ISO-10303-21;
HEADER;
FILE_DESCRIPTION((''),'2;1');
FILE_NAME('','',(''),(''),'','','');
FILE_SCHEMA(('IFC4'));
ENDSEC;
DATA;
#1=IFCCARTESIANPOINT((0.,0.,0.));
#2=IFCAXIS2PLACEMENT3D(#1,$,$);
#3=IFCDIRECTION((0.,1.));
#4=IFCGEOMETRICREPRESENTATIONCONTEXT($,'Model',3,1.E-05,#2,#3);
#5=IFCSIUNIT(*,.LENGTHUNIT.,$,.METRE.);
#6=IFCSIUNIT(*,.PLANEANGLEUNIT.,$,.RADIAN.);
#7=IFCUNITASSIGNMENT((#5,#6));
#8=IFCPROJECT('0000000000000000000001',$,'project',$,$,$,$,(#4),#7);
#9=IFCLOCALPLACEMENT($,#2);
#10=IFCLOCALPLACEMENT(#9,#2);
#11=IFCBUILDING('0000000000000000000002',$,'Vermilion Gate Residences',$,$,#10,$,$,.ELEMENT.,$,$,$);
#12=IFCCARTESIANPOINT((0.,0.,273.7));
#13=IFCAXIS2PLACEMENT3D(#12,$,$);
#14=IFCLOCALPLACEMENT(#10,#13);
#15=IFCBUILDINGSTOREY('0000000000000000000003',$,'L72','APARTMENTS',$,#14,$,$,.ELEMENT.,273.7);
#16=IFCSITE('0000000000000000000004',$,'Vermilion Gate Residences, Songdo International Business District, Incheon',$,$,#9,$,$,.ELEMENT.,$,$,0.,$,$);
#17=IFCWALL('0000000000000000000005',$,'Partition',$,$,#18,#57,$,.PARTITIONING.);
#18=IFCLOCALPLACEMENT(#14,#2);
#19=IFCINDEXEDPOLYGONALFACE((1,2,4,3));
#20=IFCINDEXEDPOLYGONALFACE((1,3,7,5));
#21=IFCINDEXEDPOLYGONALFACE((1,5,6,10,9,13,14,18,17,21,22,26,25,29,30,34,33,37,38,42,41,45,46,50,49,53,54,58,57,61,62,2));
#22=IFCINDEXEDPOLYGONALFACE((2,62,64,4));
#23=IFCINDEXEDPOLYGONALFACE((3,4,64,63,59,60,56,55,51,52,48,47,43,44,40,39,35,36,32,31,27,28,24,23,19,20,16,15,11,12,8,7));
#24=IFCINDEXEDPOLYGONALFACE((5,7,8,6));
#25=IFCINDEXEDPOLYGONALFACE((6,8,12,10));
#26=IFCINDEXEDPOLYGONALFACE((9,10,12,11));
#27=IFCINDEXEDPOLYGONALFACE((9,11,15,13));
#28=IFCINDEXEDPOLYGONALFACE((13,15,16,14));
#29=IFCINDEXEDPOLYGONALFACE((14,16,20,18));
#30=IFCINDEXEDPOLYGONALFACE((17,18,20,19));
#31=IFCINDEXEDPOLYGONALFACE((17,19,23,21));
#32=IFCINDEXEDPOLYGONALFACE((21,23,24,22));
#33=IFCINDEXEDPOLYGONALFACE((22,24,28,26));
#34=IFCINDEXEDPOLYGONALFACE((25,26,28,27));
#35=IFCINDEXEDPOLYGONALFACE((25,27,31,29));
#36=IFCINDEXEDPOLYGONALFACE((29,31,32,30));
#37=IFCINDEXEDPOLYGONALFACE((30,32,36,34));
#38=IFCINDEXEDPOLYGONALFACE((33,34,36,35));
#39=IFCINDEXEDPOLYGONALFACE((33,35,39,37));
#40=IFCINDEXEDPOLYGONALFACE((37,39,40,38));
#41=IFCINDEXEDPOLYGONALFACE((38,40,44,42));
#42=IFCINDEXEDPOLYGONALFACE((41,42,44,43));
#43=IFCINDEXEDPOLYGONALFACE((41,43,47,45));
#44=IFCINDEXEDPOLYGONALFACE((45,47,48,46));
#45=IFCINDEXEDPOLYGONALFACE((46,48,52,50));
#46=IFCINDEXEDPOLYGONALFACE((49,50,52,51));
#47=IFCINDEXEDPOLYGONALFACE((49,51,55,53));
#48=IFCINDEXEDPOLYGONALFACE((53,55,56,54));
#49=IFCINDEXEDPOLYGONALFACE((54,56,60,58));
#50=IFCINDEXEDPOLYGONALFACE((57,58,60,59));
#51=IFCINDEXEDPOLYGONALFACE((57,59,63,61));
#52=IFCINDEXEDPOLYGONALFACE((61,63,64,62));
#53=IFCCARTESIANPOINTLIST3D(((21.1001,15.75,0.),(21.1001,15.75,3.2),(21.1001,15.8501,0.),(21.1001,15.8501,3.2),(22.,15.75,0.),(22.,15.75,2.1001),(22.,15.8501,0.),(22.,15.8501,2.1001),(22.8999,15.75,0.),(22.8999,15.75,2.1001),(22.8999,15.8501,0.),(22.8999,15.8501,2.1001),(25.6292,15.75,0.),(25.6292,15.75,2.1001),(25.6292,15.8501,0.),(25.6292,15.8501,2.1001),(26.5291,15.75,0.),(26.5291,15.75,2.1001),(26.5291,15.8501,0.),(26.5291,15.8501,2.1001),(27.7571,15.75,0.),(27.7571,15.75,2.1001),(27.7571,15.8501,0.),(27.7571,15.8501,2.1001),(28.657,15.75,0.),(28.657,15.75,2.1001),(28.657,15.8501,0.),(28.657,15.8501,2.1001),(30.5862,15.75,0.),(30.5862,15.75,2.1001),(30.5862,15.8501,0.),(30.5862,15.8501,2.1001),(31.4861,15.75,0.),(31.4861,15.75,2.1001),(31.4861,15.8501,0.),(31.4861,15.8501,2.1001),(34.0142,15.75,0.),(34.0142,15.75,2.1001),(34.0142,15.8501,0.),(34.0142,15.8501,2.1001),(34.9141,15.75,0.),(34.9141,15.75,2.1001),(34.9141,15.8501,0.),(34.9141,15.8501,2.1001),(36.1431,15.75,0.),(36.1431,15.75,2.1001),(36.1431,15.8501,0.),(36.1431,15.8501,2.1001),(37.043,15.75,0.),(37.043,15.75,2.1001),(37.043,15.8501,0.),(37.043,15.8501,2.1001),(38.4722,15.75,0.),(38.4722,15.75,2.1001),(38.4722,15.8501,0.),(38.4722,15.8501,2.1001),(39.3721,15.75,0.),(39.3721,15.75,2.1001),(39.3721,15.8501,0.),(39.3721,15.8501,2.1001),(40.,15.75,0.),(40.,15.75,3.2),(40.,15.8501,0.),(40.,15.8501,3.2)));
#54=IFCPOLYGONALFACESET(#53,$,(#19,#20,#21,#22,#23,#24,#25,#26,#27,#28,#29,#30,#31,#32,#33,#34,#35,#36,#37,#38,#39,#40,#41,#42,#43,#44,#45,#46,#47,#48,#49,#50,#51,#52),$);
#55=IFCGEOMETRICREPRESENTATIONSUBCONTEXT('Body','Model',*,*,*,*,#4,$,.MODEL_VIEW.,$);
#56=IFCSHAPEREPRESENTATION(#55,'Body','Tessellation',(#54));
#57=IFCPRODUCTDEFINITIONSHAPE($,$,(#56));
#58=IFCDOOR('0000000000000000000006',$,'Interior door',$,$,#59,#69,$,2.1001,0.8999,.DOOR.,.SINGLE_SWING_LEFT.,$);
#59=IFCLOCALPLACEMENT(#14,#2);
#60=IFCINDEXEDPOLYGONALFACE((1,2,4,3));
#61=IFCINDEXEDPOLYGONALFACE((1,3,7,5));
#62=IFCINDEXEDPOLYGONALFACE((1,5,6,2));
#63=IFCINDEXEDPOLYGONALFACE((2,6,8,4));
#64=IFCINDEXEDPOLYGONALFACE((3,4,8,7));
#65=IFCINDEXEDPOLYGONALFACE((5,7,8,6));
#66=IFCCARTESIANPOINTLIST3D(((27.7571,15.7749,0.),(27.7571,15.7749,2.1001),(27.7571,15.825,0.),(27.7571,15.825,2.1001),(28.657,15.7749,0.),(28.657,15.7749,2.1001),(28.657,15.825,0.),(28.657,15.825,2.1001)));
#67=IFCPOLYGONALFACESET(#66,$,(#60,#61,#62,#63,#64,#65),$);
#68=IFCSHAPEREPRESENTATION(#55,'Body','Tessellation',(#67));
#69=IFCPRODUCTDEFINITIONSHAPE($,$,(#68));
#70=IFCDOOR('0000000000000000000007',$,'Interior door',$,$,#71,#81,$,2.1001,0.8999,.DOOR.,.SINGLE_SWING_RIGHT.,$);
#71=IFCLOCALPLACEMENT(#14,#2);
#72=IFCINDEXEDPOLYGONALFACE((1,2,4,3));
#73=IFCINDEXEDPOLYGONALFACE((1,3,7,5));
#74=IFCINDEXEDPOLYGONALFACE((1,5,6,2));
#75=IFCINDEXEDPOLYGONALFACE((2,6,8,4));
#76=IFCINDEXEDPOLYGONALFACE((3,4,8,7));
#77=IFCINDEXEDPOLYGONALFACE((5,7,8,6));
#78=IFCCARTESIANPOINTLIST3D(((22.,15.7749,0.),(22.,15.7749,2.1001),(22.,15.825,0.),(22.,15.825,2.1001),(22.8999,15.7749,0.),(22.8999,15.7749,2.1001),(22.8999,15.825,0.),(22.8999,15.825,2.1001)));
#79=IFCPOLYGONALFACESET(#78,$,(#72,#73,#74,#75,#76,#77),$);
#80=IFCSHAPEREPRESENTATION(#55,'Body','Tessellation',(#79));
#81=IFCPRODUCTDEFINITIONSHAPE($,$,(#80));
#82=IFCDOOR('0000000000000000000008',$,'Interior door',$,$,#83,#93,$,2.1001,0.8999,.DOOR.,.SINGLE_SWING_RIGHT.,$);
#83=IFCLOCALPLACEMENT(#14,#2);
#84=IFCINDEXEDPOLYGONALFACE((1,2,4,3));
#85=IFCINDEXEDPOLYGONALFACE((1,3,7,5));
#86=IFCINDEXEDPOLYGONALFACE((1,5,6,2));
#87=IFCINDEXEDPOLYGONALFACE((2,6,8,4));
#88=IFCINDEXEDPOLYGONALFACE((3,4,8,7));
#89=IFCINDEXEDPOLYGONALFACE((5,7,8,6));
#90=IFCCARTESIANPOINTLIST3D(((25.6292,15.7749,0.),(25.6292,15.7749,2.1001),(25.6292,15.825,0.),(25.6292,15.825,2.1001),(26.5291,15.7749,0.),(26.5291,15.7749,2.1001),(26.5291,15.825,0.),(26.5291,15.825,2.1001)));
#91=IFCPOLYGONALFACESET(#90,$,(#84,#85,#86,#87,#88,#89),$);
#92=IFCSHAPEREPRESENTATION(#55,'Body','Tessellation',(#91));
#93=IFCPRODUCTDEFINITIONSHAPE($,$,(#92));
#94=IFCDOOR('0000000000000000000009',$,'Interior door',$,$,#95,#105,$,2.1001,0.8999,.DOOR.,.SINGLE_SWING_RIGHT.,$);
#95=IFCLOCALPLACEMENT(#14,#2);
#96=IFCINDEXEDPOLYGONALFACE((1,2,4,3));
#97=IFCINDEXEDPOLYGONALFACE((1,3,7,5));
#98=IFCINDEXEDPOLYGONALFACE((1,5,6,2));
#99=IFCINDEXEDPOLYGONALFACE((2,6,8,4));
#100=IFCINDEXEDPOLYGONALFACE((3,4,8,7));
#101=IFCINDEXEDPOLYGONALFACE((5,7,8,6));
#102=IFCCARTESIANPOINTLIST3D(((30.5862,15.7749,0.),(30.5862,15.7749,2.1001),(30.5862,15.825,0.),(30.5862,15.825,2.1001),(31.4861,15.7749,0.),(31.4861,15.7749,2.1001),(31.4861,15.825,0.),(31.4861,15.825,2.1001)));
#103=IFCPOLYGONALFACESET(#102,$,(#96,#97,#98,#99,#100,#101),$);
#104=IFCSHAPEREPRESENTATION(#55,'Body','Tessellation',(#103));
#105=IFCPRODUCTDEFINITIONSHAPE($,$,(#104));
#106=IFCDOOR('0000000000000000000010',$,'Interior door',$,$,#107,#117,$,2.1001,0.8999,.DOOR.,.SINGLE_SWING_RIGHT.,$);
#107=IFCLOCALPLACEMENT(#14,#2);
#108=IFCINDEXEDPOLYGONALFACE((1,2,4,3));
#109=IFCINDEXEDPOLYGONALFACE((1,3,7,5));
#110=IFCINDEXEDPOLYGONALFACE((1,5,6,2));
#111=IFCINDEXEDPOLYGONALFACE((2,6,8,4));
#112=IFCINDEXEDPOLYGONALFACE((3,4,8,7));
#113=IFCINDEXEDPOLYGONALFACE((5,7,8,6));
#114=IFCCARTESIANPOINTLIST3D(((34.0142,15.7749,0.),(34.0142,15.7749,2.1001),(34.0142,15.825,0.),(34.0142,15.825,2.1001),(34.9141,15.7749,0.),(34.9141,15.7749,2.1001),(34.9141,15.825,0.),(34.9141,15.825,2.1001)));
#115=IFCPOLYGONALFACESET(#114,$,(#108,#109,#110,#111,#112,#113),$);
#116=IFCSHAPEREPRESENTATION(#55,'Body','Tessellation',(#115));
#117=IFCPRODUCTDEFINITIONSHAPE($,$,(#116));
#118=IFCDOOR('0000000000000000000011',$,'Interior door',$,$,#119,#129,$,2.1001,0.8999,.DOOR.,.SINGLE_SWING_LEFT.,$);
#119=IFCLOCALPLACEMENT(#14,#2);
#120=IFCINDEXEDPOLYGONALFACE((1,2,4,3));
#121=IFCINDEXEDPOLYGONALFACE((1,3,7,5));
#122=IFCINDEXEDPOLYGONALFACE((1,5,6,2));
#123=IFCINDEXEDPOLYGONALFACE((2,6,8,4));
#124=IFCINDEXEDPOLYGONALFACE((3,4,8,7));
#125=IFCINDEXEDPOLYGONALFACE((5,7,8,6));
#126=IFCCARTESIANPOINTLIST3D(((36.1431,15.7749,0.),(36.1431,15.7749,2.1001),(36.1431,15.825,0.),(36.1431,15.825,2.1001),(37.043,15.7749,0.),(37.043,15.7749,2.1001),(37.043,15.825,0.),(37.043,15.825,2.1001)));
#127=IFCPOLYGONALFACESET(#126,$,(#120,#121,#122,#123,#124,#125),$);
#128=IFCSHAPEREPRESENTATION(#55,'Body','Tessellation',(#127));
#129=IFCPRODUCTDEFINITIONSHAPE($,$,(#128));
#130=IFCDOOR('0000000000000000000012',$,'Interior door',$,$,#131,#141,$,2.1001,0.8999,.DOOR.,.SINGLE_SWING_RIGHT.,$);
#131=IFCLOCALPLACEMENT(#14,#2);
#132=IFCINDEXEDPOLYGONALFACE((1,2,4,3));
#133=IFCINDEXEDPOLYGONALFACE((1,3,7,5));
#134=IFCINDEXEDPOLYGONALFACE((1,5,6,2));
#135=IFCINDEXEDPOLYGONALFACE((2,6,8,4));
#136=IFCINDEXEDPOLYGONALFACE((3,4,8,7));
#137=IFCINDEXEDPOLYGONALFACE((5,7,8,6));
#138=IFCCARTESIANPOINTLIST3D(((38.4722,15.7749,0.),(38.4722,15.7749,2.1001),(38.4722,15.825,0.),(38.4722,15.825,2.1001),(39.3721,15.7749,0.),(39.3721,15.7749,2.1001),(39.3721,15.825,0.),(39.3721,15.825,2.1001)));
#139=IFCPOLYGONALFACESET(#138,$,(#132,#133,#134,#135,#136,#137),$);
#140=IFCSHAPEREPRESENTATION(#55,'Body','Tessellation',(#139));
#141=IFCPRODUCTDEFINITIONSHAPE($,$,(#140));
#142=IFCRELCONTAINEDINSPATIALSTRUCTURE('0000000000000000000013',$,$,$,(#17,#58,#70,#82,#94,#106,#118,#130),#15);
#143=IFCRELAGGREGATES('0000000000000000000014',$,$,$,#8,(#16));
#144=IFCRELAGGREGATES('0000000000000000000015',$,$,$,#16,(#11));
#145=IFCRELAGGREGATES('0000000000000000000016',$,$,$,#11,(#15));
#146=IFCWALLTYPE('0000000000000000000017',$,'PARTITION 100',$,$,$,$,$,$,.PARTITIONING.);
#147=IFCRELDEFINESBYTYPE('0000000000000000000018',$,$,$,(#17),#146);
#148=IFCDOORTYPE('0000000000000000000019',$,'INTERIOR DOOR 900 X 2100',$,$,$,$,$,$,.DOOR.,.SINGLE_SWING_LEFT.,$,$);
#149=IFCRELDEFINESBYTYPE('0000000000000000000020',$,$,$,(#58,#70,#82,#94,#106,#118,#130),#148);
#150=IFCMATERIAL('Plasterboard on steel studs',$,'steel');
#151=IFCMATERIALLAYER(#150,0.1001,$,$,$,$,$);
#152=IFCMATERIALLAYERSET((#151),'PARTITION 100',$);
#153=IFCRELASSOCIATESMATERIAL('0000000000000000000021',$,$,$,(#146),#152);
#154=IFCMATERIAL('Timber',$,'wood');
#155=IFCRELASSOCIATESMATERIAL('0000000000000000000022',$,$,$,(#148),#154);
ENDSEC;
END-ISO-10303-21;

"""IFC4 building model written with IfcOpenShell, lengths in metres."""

from ifc_helpers import new_model, si_unit, direction, frame, frame_2d, origin, place, context, subcontext, project, spatial, rectangle, extrude, material, layer, layer_set, type_object, element, fill, save


model = new_model("IFC4")

# Units and contexts
model_context = context("Model", 3, precision=1e-05, world=origin(), true_north=direction((0.0, 1.0)))
body_context = subcontext(model_context, "Body", "Model", "MODEL_VIEW")
ifc_project = project(units=[si_unit("LENGTHUNIT", "METRE"), si_unit("PLANEANGLEUNIT", "RADIAN")], contexts=[model_context])

# Site, building, storey
site_placement = place(None, origin())
site = spatial("IfcSite", under=ifc_project, at=site_placement, Name="Vermilion Gate Residences, Songdo International Business District, Incheon", CompositionType="ELEMENT", RefElevation=0.0)
building_placement = place(site_placement, origin())
building = spatial("IfcBuilding", under=site, at=building_placement, Name="Vermilion Gate Residences", CompositionType="ELEMENT")
storey_placement = place(building_placement, frame((0.0, 0.0, 273.7)))
storey = spatial("IfcBuildingStorey", under=building, at=storey_placement, Name="L72", Description="APARTMENTS", CompositionType="ELEMENT", Elevation=273.7)

# Wall, openings, doors
ifc_material_1 = material(Name="Plasterboard on steel studs", Category="steel")
ifc_layer_1 = layer(ifc_material_1, 0.1001)
ifc_layer_set_1 = layer_set([ifc_layer_1], Name="PARTITION 100")
wall_type_1 = type_object("IfcWallType", Name="PARTITION 100", PredefinedType="PARTITIONING", material=ifc_layer_set_1)
ifc_material_2 = material(Name="Timber", Category="wood")
door_type_1 = type_object("IfcDoorType", Name="INTERIOR DOOR 900 X 2100", OperationType="SINGLE_SWING_LEFT", PredefinedType="DOOR", material=ifc_material_2)
wall_1_placement = place(storey_placement, frame((21.1001, 15.8, 0.0), z_axis=(0.0, 0.0, 1.0), x_axis=(1.0, 0.0, 0.0)))
wall_1 = element("IfcWall", 1, at=wall_1_placement, inside=storey, type_object=wall_type_1, Name="Partition", PredefinedType="PARTITIONING", context=body_context, shape_type="SweptSolid", body=[
    extrude(rectangle(XDim=18.8999, YDim=0.1001, at=frame_2d((9.45, 0.0))), origin(), (0.0, 0.0, 1.0), 3.2),
])
opening_1_placement = place(wall_1_placement, frame((6.657, 0.0, 0.0)))
opening_1 = element("IfcOpeningElement", 2, at=opening_1_placement, cuts=wall_1, PredefinedType="OPENING", context=body_context, shape_type="SweptSolid", body=[
    extrude(rectangle(XDim=0.8999, YDim=2.1001, at=frame_2d((0.45, 1.05))), frame((0.0, 0.0601, 0.0), z_axis=(0.0, -1.0, 0.0), x_axis=(1.0, 0.0, 0.0)), (0.0, 0.0, 1.0), 0.1201),
])
opening_2_placement = place(wall_1_placement, frame((0.8999, 0.0, 0.0)))
opening_2 = element("IfcOpeningElement", 3, at=opening_2_placement, cuts=wall_1, PredefinedType="OPENING", context=body_context, shape_type="SweptSolid", body=[
    extrude(rectangle(XDim=0.8999, YDim=2.1001, at=frame_2d((0.45, 1.05))), frame((0.0, 0.0601, 0.0), z_axis=(0.0, -1.0, 0.0), x_axis=(1.0, 0.0, 0.0)), (0.0, 0.0, 1.0), 0.1201),
])
opening_3_placement = place(wall_1_placement, frame((4.5291, 0.0, 0.0)))
opening_3 = element("IfcOpeningElement", 4, at=opening_3_placement, cuts=wall_1, PredefinedType="OPENING", context=body_context, shape_type="SweptSolid", body=[
    extrude(rectangle(XDim=0.8999, YDim=2.1001, at=frame_2d((0.45, 1.05))), frame((0.0, 0.0601, 0.0), z_axis=(0.0, -1.0, 0.0), x_axis=(1.0, 0.0, 0.0)), (0.0, 0.0, 1.0), 0.1201),
])
opening_4_placement = place(wall_1_placement, frame((9.4861, 0.0, 0.0)))
opening_4 = element("IfcOpeningElement", 5, at=opening_4_placement, cuts=wall_1, PredefinedType="OPENING", context=body_context, shape_type="SweptSolid", body=[
    extrude(rectangle(XDim=0.8999, YDim=2.1001, at=frame_2d((0.45, 1.05))), frame((0.0, 0.0601, 0.0), z_axis=(0.0, -1.0, 0.0), x_axis=(1.0, 0.0, 0.0)), (0.0, 0.0, 1.0), 0.1201),
])
opening_5_placement = place(wall_1_placement, frame((12.9141, 0.0, 0.0)))
opening_5 = element("IfcOpeningElement", 6, at=opening_5_placement, cuts=wall_1, PredefinedType="OPENING", context=body_context, shape_type="SweptSolid", body=[
    extrude(rectangle(XDim=0.8999, YDim=2.1001, at=frame_2d((0.45, 1.05))), frame((0.0, 0.0601, 0.0), z_axis=(0.0, -1.0, 0.0), x_axis=(1.0, 0.0, 0.0)), (0.0, 0.0, 1.0), 0.1201),
])
opening_6_placement = place(wall_1_placement, frame((15.043, 0.0, 0.0)))
opening_6 = element("IfcOpeningElement", 7, at=opening_6_placement, cuts=wall_1, PredefinedType="OPENING", context=body_context, shape_type="SweptSolid", body=[
    extrude(rectangle(XDim=0.8999, YDim=2.1001, at=frame_2d((0.45, 1.05))), frame((0.0, 0.0601, 0.0), z_axis=(0.0, -1.0, 0.0), x_axis=(1.0, 0.0, 0.0)), (0.0, 0.0, 1.0), 0.1201),
])
opening_7_placement = place(wall_1_placement, frame((17.3721, 0.0, 0.0)))
opening_7 = element("IfcOpeningElement", 8, at=opening_7_placement, cuts=wall_1, PredefinedType="OPENING", context=body_context, shape_type="SweptSolid", body=[
    extrude(rectangle(XDim=0.8999, YDim=2.1001, at=frame_2d((0.45, 1.05))), frame((0.0, 0.0601, 0.0), z_axis=(0.0, -1.0, 0.0), x_axis=(1.0, 0.0, 0.0)), (0.0, 0.0, 1.0), 0.1201),
])
door_1_placement = place(opening_1_placement, origin())
door_1 = element("IfcDoor", 9, at=door_1_placement, inside=storey, type_object=door_type_1, Name="Interior door", OperationType="SINGLE_SWING_LEFT", OverallHeight=2.1001, OverallWidth=0.8999, PredefinedType="DOOR", context=body_context, shape_type="SweptSolid", body=[
    extrude(rectangle(XDim=0.8999, YDim=2.1001, at=frame_2d((0.45, 1.05))), frame((0.0, 0.0249, 0.0), z_axis=(0.0, -1.0, 0.0), x_axis=(1.0, 0.0, 0.0)), (0.0, 0.0, 1.0), 0.05),
])
fill(opening_1, door_1)
door_2_placement = place(opening_2_placement, origin())
door_2 = element("IfcDoor", 10, at=door_2_placement, inside=storey, type_object=door_type_1, Name="Interior door", OperationType="SINGLE_SWING_RIGHT", OverallHeight=2.1001, OverallWidth=0.8999, PredefinedType="DOOR", context=body_context, shape_type="SweptSolid", body=[
    extrude(rectangle(XDim=0.8999, YDim=2.1001, at=frame_2d((0.45, 1.05))), frame((0.0, 0.0249, 0.0), z_axis=(0.0, -1.0, 0.0), x_axis=(1.0, 0.0, 0.0)), (0.0, 0.0, 1.0), 0.05),
])
fill(opening_2, door_2)
door_3_placement = place(opening_3_placement, origin())
door_3 = element("IfcDoor", 11, at=door_3_placement, inside=storey, type_object=door_type_1, Name="Interior door", OperationType="SINGLE_SWING_RIGHT", OverallHeight=2.1001, OverallWidth=0.8999, PredefinedType="DOOR", context=body_context, shape_type="SweptSolid", body=[
    extrude(rectangle(XDim=0.8999, YDim=2.1001, at=frame_2d((0.45, 1.05))), frame((0.0, 0.0249, 0.0), z_axis=(0.0, -1.0, 0.0), x_axis=(1.0, 0.0, 0.0)), (0.0, 0.0, 1.0), 0.05),
])
fill(opening_3, door_3)
door_4_placement = place(opening_4_placement, origin())
door_4 = element("IfcDoor", 12, at=door_4_placement, inside=storey, type_object=door_type_1, Name="Interior door", OperationType="SINGLE_SWING_RIGHT", OverallHeight=2.1001, OverallWidth=0.8999, PredefinedType="DOOR", context=body_context, shape_type="SweptSolid", body=[
    extrude(rectangle(XDim=0.8999, YDim=2.1001, at=frame_2d((0.45, 1.05))), frame((0.0, 0.0249, 0.0), z_axis=(0.0, -1.0, 0.0), x_axis=(1.0, 0.0, 0.0)), (0.0, 0.0, 1.0), 0.05),
])
fill(opening_4, door_4)
door_5_placement = place(opening_5_placement, origin())
door_5 = element("IfcDoor", 13, at=door_5_placement, inside=storey, type_object=door_type_1, Name="Interior door", OperationType="SINGLE_SWING_RIGHT", OverallHeight=2.1001, OverallWidth=0.8999, PredefinedType="DOOR", context=body_context, shape_type="SweptSolid", body=[
    extrude(rectangle(XDim=0.8999, YDim=2.1001, at=frame_2d((0.45, 1.05))), frame((0.0, 0.0249, 0.0), z_axis=(0.0, -1.0, 0.0), x_axis=(1.0, 0.0, 0.0)), (0.0, 0.0, 1.0), 0.05),
])
fill(opening_5, door_5)
door_6_placement = place(opening_6_placement, origin())
door_6 = element("IfcDoor", 14, at=door_6_placement, inside=storey, type_object=door_type_1, Name="Interior door", OperationType="SINGLE_SWING_LEFT", OverallHeight=2.1001, OverallWidth=0.8999, PredefinedType="DOOR", context=body_context, shape_type="SweptSolid", body=[
    extrude(rectangle(XDim=0.8999, YDim=2.1001, at=frame_2d((0.45, 1.05))), frame((0.0, 0.0249, 0.0), z_axis=(0.0, -1.0, 0.0), x_axis=(1.0, 0.0, 0.0)), (0.0, 0.0, 1.0), 0.05),
])
fill(opening_6, door_6)
door_7_placement = place(opening_7_placement, origin())
door_7 = element("IfcDoor", 15, at=door_7_placement, inside=storey, type_object=door_type_1, Name="Interior door", OperationType="SINGLE_SWING_RIGHT", OverallHeight=2.1001, OverallWidth=0.8999, PredefinedType="DOOR", context=body_context, shape_type="SweptSolid", body=[
    extrude(rectangle(XDim=0.8999, YDim=2.1001, at=frame_2d((0.45, 1.05))), frame((0.0, 0.0249, 0.0), z_axis=(0.0, -1.0, 0.0), x_axis=(1.0, 0.0, 0.0)), (0.0, 0.0, 1.0), 0.05),
])
fill(opening_7, door_7)

save(model, "model.ifc")
